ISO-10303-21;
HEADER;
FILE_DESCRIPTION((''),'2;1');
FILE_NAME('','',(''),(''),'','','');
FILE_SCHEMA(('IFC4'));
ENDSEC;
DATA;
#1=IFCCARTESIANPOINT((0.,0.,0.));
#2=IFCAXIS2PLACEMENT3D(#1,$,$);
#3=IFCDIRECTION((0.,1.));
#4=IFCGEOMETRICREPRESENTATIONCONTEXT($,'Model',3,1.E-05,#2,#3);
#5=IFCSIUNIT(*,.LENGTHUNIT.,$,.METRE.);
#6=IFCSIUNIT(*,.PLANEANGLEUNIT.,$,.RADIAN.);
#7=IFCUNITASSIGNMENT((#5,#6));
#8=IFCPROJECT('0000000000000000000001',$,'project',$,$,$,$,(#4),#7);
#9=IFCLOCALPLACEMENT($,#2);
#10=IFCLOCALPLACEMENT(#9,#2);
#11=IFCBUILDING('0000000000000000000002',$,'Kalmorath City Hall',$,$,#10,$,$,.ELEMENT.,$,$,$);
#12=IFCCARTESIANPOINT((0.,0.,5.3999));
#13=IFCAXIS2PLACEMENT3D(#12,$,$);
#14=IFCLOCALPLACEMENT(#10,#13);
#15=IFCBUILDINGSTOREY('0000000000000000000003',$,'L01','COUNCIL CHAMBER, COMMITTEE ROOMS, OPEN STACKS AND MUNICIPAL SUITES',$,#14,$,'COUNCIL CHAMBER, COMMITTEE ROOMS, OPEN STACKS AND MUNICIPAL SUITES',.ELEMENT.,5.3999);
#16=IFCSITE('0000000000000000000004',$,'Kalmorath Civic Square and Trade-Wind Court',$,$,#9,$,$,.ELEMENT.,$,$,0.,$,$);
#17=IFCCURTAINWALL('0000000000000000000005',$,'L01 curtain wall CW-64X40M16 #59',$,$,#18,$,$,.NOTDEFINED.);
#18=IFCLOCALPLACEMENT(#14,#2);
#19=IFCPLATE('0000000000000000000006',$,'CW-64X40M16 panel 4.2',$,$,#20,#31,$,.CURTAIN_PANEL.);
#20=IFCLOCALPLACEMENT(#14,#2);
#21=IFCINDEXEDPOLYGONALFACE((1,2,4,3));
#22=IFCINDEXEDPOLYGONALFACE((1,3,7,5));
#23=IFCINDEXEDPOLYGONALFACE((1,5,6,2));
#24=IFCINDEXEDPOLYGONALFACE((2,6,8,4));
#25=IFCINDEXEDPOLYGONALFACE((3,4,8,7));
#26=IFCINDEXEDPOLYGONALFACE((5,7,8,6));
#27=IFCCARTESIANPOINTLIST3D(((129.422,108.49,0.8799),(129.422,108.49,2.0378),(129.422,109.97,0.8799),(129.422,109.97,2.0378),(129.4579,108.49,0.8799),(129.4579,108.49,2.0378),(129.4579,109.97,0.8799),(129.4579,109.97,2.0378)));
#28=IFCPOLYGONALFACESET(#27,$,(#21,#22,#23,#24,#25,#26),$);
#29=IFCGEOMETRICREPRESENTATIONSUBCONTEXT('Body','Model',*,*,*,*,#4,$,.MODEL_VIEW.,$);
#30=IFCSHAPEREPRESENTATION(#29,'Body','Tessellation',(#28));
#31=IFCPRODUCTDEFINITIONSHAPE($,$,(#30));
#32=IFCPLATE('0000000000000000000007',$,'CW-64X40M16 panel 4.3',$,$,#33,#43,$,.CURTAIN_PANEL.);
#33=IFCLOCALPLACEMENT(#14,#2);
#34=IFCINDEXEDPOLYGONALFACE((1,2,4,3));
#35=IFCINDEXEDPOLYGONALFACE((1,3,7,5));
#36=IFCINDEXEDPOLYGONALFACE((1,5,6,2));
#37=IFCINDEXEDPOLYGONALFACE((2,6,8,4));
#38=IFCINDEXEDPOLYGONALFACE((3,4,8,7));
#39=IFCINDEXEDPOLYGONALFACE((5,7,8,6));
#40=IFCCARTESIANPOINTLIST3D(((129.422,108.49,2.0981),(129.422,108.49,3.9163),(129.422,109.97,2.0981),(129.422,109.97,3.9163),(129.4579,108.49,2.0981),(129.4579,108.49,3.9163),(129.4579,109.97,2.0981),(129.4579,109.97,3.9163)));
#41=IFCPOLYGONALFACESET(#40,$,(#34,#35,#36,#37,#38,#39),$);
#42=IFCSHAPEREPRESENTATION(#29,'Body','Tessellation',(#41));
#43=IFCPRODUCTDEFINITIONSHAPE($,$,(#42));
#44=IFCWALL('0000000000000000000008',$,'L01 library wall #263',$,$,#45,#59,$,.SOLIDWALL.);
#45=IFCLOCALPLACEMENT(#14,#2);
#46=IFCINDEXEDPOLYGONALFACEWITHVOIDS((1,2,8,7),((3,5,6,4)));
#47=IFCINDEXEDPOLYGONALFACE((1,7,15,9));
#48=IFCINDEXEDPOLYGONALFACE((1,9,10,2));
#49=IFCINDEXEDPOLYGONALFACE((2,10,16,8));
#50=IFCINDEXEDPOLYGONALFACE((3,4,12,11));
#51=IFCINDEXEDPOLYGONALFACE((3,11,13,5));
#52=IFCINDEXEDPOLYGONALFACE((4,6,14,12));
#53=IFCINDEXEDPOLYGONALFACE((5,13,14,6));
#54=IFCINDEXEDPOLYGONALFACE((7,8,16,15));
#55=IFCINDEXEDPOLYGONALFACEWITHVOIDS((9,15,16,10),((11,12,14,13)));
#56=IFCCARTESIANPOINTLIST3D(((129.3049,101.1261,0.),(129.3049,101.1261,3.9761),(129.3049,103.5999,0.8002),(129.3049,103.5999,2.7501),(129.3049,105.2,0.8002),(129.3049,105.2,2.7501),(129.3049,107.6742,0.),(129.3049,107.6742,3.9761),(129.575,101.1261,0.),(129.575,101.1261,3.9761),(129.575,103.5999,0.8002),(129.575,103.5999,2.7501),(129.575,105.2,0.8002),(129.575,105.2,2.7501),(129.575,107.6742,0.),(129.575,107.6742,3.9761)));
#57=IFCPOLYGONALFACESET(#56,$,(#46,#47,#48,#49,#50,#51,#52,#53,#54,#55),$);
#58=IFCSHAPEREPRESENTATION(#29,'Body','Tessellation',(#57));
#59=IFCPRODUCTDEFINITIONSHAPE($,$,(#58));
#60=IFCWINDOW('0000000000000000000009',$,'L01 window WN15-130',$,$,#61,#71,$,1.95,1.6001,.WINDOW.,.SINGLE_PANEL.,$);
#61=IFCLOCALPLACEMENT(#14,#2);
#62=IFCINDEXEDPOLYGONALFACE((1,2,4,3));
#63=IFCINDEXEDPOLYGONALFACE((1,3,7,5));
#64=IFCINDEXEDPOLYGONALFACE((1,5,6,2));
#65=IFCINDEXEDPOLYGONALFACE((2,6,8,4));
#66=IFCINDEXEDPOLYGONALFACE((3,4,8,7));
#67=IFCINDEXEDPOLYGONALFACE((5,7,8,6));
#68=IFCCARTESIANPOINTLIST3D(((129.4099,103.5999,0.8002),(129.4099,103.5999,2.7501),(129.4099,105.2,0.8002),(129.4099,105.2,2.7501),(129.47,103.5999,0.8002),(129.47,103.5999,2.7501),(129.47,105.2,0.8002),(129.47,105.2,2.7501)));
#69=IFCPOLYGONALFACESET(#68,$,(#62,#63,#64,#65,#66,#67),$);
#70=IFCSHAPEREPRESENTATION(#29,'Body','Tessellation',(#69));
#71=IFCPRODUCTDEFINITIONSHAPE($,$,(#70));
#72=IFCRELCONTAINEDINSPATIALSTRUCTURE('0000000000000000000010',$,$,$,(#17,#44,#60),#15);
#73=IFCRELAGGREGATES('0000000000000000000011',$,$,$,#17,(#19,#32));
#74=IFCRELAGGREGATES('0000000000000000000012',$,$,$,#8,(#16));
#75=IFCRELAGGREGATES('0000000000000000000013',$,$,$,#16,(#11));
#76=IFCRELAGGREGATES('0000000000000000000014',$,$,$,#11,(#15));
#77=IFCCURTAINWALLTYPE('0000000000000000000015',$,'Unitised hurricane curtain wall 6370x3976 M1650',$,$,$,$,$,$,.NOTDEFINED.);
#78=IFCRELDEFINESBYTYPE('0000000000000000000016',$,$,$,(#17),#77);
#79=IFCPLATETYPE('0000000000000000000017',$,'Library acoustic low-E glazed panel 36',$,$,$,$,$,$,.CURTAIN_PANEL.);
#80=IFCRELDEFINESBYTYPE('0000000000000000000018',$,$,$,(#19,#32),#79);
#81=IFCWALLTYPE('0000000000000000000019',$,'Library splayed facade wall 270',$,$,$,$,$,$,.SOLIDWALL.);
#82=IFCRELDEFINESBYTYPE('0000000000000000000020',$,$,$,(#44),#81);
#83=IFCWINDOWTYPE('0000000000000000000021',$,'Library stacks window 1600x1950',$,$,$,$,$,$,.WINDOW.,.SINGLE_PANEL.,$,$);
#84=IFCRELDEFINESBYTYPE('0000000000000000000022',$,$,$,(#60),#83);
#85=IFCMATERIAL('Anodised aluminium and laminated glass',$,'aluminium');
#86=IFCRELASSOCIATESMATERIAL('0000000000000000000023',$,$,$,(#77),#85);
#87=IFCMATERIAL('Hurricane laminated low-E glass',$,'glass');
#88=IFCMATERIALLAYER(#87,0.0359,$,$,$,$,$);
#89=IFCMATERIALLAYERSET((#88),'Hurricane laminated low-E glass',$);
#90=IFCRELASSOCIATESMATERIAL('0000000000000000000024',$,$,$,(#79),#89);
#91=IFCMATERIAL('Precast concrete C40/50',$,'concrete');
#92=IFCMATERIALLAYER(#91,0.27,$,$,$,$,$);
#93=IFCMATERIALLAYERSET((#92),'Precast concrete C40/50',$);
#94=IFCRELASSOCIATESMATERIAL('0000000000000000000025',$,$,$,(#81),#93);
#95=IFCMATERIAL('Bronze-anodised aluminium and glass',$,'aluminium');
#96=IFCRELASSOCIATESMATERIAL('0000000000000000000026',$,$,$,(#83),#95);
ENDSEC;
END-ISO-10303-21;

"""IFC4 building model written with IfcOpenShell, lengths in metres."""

from ifc_helpers import new_model, si_unit, direction, frame, frame_2d, origin, origin_2d, place, context, subcontext, project, spatial, rectangle, extrude, material, layer, layer_set, type_object, element, fill, aggregate, save


model = new_model("IFC4")

# Units and contexts
model_context = context("Model", 3, precision=1e-05, world=origin(), true_north=direction((0.0, 1.0)))
body_context = subcontext(model_context, "Body", "Model", "MODEL_VIEW")
ifc_project = project(units=[si_unit("LENGTHUNIT", "METRE"), si_unit("PLANEANGLEUNIT", "RADIAN")], contexts=[model_context])

# Site, building, storey
site_placement = place(None, origin())
site = spatial("IfcSite", under=ifc_project, at=site_placement, Name="Kalmorath Civic Square and Trade-Wind Court", CompositionType="ELEMENT", RefElevation=0.0)
building_placement = place(site_placement, origin())
building = spatial("IfcBuilding", under=site, at=building_placement, Name="Kalmorath City Hall", CompositionType="ELEMENT")
storey_placement = place(building_placement, frame((0.0, 0.0, 5.3999)))
storey = spatial("IfcBuildingStorey", under=building, at=storey_placement, Name="L01", Description="COUNCIL CHAMBER, COMMITTEE ROOMS, OPEN STACKS AND MUNICIPAL SUITES", LongName="COUNCIL CHAMBER, COMMITTEE ROOMS, OPEN STACKS AND MUNICIPAL SUITES", CompositionType="ELEMENT", Elevation=5.3999)

# Curtain wall
ifc_material_1 = material(Name="Anodised aluminium and laminated glass", Category="aluminium")
curtain_wall_type = type_object("IfcCurtainWallType", Name="Unitised hurricane curtain wall 6370x3976 M1650", PredefinedType="NOTDEFINED", material=ifc_material_1)
curtain_wall_placement = place(storey_placement, origin())
curtain_wall = element("IfcCurtainWall", 1, at=curtain_wall_placement, inside=storey, type_object=curtain_wall_type, Name="L01 curtain wall CW-64X40M16 #59", PredefinedType="NOTDEFINED")

# Plates
ifc_material_2 = material(Name="Hurricane laminated low-E glass", Category="glass")
ifc_layer_1 = layer(ifc_material_2, 0.0359)
ifc_layer_set_1 = layer_set([ifc_layer_1], Name="Hurricane laminated low-E glass")
plate_type = type_object("IfcPlateType", Name="Library acoustic low-E glazed panel 36", PredefinedType="CURTAIN_PANEL", material=ifc_layer_set_1)
plate_1_placement = place(storey_placement, frame((129.4399, 109.23, 0.8799), z_axis=(0.0, 0.0, 1.0), x_axis=(0.0, -1.0, 0.0)))
plate_1 = element("IfcPlate", 2, at=plate_1_placement, type_object=plate_type, Name="CW-64X40M16 panel 4.2", PredefinedType="CURTAIN_PANEL", context=body_context, shape_type="SweptSolid", body=[
    extrude(rectangle(XDim=1.48, YDim=0.0359, at=origin_2d()), origin(), (0.0, 0.0, 1.0), 1.158),
])
plate_2_placement = place(storey_placement, frame((129.4399, 109.23, 2.0981), z_axis=(0.0, 0.0, 1.0), x_axis=(0.0, -1.0, 0.0)))
plate_2 = element("IfcPlate", 3, at=plate_2_placement, type_object=plate_type, Name="CW-64X40M16 panel 4.3", PredefinedType="CURTAIN_PANEL", context=body_context, shape_type="SweptSolid", body=[
    extrude(rectangle(XDim=1.48, YDim=0.0359, at=origin_2d()), origin(), (0.0, 0.0, 1.0), 1.8181),
])
aggregate(curtain_wall, [plate_1, plate_2])

# Wall, opening, window
ifc_material_3 = material(Name="Precast concrete C40/50", Category="concrete")
ifc_layer_2 = layer(ifc_material_3, 0.27)
ifc_layer_set_2 = layer_set([ifc_layer_2], Name="Precast concrete C40/50")
wall_type = type_object("IfcWallType", Name="Library splayed facade wall 270", PredefinedType="SOLIDWALL", material=ifc_layer_set_2)
wall_placement = place(storey_placement, frame((129.4399, 107.6741, 0.0), z_axis=(0.0, 0.0, 1.0), x_axis=(0.0, -1.0, 0.0)))
wall = element("IfcWall", 4, at=wall_placement, inside=storey, type_object=wall_type, Name="L01 library wall #263", PredefinedType="SOLIDWALL", context=body_context, shape_type="SweptSolid", body=[
    extrude(rectangle(XDim=6.5481, YDim=0.27, at=frame_2d((3.2739, 0.0))), origin(), (0.0, 0.0, 1.0), 3.9761),
])
opening_placement = place(wall_placement, frame((2.4741, 0.0, 0.8)))
opening = element("IfcOpeningElement", 5, at=opening_placement, cuts=wall, PredefinedType="OPENING", context=body_context, shape_type="SweptSolid", body=[
    extrude(rectangle(XDim=1.6001, YDim=1.95, at=frame_2d((0.8, 0.9751))), frame((0.0, 0.145, 0.0), z_axis=(0.0, -1.0, 0.0), x_axis=(1.0, 0.0, 0.0)), (0.0, 0.0, 1.0), 0.29),
])
ifc_material_4 = material(Name="Bronze-anodised aluminium and glass", Category="aluminium")
window_type = type_object("IfcWindowType", Name="Library stacks window 1600x1950", PartitioningType="SINGLE_PANEL", PredefinedType="WINDOW", material=ifc_material_4)
window_placement = place(opening_placement, origin())
window = element("IfcWindow", 6, at=window_placement, inside=storey, type_object=window_type, Name="L01 window WN15-130", OverallHeight=1.95, OverallWidth=1.6001, PartitioningType="SINGLE_PANEL", PredefinedType="WINDOW", context=body_context, shape_type="SweptSolid", body=[
    extrude(rectangle(XDim=1.6001, YDim=1.95, at=frame_2d((0.8, 0.9751))), frame((0.0, 0.03, 0.0), z_axis=(0.0, -1.0, 0.0), x_axis=(1.0, 0.0, 0.0)), (0.0, 0.0, 1.0), 0.0601),
])
fill(opening, window)

save(model, "model.ifc")
